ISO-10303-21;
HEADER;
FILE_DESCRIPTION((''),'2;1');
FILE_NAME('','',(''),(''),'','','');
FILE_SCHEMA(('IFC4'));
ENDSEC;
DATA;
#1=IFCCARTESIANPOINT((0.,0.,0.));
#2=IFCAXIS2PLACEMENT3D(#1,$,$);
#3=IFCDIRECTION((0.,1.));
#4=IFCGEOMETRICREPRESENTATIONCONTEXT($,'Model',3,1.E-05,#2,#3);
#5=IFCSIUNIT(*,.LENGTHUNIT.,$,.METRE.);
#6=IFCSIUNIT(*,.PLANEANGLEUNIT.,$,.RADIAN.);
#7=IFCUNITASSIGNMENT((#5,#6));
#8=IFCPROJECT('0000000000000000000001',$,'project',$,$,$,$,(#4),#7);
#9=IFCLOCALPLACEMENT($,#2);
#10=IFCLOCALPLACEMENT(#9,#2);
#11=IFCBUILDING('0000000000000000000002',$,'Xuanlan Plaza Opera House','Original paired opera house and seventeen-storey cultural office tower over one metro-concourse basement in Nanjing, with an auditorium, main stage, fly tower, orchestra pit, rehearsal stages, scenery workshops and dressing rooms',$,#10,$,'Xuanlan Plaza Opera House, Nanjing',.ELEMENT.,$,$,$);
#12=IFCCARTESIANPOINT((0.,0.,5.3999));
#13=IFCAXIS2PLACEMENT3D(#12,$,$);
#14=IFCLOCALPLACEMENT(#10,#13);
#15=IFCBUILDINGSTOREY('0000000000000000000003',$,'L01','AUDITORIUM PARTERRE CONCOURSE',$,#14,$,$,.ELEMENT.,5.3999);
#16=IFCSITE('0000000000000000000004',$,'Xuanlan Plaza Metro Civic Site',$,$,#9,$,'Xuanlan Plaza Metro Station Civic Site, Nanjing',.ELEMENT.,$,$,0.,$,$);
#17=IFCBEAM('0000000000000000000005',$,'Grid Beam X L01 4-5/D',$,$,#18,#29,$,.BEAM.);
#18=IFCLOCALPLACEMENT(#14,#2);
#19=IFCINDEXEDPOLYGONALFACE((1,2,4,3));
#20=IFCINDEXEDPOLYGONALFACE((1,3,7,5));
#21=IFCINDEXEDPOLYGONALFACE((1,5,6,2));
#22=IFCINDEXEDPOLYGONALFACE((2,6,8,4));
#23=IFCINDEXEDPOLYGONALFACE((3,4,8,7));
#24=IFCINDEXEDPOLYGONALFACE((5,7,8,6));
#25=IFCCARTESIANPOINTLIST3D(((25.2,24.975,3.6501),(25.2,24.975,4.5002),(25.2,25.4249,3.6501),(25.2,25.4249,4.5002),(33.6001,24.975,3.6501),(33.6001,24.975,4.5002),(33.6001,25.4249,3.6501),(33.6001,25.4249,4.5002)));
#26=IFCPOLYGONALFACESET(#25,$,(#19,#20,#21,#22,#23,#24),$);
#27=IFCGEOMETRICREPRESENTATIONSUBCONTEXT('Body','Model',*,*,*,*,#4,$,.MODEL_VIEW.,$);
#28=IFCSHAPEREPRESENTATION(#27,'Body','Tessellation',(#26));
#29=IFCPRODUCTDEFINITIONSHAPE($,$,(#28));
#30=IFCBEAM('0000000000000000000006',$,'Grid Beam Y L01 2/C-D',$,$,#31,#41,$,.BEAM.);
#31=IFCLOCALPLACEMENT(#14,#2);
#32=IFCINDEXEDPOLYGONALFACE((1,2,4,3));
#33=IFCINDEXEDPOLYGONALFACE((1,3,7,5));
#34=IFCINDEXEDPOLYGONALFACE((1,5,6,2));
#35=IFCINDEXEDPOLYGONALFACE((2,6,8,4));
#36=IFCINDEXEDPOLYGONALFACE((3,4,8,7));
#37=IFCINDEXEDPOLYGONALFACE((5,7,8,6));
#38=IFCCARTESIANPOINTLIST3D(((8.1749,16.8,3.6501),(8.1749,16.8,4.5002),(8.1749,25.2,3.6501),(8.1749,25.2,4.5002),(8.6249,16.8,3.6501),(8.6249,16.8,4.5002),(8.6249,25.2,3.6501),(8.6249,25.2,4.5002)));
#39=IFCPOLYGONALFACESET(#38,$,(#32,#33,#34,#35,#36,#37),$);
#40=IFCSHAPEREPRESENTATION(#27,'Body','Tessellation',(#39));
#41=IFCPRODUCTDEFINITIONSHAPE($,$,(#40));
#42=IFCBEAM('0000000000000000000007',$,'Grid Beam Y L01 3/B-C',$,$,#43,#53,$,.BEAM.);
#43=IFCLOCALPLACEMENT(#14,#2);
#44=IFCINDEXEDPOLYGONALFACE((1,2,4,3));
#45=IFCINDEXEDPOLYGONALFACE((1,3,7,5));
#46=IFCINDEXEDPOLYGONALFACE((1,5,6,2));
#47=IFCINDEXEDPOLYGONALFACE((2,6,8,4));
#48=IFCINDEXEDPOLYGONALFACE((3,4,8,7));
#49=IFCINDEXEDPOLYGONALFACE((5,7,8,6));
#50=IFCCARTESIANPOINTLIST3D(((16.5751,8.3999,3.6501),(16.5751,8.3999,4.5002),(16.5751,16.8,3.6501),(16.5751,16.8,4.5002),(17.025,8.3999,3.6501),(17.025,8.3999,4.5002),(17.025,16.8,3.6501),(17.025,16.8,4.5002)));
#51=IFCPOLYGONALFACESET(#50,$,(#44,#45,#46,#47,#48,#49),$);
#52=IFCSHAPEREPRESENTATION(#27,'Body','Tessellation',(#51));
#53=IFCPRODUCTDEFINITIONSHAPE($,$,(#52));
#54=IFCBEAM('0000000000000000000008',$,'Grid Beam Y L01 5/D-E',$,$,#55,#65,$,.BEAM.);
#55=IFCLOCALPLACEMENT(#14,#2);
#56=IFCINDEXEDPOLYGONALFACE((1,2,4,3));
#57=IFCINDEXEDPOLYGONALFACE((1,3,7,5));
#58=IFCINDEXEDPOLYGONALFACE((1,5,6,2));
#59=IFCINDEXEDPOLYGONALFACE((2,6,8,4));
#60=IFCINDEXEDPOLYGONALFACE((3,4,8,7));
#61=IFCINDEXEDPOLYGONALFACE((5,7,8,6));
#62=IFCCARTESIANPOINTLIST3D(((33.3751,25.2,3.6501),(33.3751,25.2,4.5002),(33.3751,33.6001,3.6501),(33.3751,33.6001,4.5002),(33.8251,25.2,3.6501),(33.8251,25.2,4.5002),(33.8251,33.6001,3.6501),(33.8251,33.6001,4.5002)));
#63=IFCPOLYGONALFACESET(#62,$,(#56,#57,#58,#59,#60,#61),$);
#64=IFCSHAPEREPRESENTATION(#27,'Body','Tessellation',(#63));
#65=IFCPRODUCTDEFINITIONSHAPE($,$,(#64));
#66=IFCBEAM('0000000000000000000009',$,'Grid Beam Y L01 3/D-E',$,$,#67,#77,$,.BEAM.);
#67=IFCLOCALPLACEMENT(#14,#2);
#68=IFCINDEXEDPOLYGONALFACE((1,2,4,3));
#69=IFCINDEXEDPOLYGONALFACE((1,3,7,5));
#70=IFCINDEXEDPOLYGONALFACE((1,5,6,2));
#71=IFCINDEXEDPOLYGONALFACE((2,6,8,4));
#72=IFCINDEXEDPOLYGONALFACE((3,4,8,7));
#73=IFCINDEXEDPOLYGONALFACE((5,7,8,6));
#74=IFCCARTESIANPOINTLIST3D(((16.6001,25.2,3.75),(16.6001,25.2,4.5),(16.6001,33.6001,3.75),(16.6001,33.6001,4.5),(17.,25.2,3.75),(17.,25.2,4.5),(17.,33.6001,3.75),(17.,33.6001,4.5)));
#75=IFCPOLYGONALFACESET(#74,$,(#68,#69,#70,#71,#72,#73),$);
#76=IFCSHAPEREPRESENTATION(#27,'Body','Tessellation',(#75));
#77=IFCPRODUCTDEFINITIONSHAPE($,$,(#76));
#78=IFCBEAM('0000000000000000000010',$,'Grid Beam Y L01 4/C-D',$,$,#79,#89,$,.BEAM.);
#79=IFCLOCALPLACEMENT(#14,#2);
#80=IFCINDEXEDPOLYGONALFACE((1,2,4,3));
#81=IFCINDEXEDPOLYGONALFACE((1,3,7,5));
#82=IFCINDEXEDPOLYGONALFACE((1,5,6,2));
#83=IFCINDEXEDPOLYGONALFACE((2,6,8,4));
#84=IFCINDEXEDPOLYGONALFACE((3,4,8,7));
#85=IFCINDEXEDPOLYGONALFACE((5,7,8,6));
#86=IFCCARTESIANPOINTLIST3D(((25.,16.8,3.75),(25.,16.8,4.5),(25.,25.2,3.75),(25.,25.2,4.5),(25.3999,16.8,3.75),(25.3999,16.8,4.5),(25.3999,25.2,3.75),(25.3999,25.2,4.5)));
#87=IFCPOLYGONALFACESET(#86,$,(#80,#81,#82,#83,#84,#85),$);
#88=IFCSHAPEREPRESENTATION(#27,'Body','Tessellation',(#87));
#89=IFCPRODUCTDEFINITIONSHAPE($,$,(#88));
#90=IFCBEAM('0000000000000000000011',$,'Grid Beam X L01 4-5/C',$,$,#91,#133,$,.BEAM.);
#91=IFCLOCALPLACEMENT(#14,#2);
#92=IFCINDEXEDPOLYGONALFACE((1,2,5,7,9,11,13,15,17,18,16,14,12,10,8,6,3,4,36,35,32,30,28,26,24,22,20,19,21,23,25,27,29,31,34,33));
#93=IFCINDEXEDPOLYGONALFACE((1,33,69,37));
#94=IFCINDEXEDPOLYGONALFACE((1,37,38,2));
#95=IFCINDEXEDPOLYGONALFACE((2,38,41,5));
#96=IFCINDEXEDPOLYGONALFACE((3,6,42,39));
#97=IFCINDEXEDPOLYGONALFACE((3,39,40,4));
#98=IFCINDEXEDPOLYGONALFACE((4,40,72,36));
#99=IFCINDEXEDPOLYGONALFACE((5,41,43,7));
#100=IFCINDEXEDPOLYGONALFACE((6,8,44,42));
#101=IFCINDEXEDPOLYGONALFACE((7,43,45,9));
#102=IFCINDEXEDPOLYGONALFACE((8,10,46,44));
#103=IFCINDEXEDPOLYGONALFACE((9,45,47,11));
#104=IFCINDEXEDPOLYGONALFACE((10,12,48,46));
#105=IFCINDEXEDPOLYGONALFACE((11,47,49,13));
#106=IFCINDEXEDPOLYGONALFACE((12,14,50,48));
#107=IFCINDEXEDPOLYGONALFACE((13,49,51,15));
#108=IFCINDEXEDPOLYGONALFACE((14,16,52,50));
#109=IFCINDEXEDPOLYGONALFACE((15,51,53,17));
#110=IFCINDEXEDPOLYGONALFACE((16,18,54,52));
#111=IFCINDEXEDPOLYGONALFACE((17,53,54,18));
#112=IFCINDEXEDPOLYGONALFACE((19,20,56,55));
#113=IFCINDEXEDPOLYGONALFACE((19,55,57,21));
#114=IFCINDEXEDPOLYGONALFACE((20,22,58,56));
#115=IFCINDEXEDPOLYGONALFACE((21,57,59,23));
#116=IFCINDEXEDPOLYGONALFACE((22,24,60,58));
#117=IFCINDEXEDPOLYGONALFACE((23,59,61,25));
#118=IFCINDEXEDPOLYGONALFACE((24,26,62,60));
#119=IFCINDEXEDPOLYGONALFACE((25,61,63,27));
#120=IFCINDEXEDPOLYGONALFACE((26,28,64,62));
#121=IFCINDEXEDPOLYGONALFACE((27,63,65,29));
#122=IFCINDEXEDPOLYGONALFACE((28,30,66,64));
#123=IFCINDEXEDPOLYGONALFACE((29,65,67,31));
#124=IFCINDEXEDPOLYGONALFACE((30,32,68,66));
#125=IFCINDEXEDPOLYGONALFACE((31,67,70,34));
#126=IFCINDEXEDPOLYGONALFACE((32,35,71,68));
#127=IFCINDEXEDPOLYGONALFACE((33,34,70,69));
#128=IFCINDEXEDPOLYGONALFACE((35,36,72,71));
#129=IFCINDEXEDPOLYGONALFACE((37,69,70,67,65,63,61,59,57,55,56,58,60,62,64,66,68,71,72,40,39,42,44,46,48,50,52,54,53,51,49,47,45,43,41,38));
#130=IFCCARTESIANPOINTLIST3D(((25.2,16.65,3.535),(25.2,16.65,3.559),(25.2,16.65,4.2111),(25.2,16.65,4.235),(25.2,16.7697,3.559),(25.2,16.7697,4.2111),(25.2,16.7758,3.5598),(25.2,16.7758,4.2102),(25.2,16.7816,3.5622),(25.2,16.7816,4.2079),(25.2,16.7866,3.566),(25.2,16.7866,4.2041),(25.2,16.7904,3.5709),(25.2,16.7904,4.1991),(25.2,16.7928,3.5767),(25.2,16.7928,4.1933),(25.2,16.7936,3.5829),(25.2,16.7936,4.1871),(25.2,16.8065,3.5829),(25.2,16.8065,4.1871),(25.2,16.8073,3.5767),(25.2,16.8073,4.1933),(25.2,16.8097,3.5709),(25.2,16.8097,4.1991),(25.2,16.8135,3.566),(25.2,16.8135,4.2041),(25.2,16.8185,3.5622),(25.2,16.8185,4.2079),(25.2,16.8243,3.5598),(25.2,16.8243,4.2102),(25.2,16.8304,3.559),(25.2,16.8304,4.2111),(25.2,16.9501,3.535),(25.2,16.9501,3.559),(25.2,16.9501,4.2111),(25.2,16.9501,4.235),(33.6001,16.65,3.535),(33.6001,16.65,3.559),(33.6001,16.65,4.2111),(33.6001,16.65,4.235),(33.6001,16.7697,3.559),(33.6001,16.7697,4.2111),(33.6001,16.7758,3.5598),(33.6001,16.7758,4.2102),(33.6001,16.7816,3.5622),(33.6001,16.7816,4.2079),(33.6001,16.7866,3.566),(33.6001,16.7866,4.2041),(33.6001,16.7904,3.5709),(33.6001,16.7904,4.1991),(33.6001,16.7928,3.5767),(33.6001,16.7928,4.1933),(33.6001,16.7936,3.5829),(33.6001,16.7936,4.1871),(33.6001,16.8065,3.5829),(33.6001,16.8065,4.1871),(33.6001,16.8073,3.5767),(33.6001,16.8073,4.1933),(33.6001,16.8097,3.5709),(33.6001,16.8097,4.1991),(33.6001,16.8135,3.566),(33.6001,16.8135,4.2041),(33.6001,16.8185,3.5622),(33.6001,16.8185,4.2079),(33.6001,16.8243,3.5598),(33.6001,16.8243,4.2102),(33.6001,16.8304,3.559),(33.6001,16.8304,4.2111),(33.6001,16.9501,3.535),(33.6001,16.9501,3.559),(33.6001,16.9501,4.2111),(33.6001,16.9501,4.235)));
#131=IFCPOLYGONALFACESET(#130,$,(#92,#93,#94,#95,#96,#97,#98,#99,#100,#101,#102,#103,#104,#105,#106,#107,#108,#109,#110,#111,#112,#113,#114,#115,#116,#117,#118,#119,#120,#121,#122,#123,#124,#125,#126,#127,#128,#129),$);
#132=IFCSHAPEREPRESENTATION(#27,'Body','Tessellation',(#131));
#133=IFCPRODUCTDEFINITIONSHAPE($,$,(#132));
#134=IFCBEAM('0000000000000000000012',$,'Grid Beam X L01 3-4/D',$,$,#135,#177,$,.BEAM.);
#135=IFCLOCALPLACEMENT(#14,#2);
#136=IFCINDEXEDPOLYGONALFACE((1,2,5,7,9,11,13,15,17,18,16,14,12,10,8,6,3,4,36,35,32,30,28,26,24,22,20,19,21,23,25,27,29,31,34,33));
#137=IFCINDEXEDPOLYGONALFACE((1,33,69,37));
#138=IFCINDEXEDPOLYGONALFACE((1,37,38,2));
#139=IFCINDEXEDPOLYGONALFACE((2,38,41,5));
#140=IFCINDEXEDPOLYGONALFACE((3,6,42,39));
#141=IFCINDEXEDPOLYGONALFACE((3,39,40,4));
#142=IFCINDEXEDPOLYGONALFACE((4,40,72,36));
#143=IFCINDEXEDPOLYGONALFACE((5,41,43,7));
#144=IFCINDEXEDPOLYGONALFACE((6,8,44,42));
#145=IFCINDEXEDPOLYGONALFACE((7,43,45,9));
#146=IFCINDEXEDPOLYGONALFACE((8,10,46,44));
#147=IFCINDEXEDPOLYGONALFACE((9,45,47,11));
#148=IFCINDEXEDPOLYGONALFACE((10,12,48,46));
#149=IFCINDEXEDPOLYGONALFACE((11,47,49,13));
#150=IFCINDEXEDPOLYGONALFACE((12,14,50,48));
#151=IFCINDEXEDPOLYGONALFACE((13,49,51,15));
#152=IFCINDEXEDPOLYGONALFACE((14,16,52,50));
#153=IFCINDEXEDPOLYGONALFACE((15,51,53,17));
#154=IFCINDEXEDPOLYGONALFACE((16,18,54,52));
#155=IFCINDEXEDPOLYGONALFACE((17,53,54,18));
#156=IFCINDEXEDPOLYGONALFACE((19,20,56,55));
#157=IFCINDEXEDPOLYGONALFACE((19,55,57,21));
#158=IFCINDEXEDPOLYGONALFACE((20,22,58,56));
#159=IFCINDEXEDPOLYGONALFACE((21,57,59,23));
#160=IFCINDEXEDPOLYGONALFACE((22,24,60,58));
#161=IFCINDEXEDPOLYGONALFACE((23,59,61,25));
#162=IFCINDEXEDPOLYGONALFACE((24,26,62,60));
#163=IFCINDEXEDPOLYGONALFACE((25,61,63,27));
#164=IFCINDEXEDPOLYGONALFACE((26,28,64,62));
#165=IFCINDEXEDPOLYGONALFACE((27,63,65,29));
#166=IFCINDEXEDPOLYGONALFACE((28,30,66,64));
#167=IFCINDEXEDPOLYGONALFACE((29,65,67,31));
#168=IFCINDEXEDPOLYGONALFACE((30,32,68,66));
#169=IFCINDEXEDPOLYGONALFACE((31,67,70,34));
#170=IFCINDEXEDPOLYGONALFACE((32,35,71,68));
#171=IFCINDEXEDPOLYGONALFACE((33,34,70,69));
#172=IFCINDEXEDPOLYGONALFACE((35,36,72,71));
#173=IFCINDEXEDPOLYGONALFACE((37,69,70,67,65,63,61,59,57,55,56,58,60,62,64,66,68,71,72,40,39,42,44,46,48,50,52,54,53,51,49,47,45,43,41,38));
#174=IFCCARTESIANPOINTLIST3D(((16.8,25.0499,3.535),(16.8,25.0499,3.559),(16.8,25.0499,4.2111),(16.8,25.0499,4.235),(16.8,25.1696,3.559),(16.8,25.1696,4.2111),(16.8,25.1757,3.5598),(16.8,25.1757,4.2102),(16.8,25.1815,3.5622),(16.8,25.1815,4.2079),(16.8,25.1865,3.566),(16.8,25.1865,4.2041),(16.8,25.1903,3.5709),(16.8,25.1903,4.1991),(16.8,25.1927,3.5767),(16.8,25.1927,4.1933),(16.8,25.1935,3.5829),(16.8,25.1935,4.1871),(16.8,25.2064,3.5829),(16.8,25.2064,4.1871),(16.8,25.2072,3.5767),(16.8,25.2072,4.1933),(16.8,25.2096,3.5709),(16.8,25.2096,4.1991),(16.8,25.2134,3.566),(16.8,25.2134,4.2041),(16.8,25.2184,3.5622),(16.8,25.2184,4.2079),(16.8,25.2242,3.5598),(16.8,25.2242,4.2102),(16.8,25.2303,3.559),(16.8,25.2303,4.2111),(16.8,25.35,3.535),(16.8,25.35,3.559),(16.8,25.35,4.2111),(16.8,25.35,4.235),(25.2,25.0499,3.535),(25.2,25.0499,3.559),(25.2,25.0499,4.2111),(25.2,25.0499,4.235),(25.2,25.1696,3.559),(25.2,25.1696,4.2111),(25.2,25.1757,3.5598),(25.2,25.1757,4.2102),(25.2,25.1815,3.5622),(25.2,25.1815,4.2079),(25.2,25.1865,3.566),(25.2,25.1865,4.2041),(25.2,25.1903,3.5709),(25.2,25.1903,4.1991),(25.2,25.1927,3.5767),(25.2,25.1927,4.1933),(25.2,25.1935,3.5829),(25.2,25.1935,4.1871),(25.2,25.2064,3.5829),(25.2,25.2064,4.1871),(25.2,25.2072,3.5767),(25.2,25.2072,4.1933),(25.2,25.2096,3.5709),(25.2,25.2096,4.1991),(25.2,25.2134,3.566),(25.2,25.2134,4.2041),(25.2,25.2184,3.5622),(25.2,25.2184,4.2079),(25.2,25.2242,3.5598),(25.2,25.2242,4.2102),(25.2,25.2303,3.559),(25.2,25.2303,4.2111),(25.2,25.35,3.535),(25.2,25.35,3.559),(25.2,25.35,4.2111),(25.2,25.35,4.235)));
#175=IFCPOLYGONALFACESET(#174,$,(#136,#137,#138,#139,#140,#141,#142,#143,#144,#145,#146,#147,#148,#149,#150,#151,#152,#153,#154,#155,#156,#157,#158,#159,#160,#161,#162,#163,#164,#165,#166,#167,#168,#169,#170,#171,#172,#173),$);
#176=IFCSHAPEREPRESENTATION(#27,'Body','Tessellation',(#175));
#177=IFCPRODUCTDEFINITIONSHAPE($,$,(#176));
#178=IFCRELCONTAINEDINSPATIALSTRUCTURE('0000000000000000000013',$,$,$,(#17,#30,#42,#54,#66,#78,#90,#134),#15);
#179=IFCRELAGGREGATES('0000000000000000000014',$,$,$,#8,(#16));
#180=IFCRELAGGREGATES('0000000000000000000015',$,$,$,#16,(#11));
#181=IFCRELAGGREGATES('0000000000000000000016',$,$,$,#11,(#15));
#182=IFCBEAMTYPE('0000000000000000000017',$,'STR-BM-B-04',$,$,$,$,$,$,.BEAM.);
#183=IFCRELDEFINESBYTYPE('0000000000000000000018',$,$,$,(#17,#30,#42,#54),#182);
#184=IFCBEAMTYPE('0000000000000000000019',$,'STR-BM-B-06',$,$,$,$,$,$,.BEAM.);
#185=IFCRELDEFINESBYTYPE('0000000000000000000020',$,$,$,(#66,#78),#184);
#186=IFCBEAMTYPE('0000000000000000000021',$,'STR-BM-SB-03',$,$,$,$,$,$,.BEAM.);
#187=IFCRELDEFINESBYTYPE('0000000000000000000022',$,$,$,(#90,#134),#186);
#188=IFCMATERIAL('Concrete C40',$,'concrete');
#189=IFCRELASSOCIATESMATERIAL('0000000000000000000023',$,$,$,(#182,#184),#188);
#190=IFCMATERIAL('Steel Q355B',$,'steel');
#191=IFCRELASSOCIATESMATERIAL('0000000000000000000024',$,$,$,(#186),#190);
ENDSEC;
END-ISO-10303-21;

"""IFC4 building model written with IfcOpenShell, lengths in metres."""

from ifc_helpers import new_model, si_unit, direction, frame, origin, origin_2d, place, context, subcontext, project, spatial, rectangle, i_section, extrude, material, material_profile, profile_set, type_object, element, save


model = new_model("IFC4")

# Units and contexts
model_context = context("Model", 3, precision=1e-05, world=origin(), true_north=direction((0.0, 1.0)))
body_context = subcontext(model_context, "Body", "Model", "MODEL_VIEW")
ifc_project = project(units=[si_unit("LENGTHUNIT", "METRE"), si_unit("PLANEANGLEUNIT", "RADIAN")], contexts=[model_context])

# Site, building, storey
site_placement = place(None, origin())
site = spatial("IfcSite", under=ifc_project, at=site_placement, Name="Xuanlan Plaza Metro Civic Site", LongName="Xuanlan Plaza Metro Station Civic Site, Nanjing", CompositionType="ELEMENT", RefElevation=0.0)
building_placement = place(site_placement, origin())
building = spatial("IfcBuilding", under=site, at=building_placement, Name="Xuanlan Plaza Opera House", Description="Original paired opera house and seventeen-storey cultural office tower over one metro-concourse basement in Nanjing, with an auditorium, main stage, fly tower, orchestra pit, rehearsal stages, scenery workshops and dressing rooms", LongName="Xuanlan Plaza Opera House, Nanjing", CompositionType="ELEMENT")
storey_placement = place(building_placement, frame((0.0, 0.0, 5.3999)))
storey = spatial("IfcBuildingStorey", under=building, at=storey_placement, Name="L01", Description="AUDITORIUM PARTERRE CONCOURSE", CompositionType="ELEMENT", Elevation=5.3999)

# Shared definitions
ifc_material_1 = material(Name="Concrete C40", Category="concrete")

# Beams
ifc_material_profile_1 = material_profile(ifc_material_1, rectangle(XDim=0.45, YDim=0.8501, at=origin_2d()), Name="RC-BM 450x850")
ifc_profile_set_1 = profile_set([ifc_material_profile_1], Name="Concrete C40")
beam_type_1 = type_object("IfcBeamType", Name="STR-BM-B-04", PredefinedType="BEAM", material=ifc_profile_set_1)
beam_1_placement = place(storey_placement, frame((25.2, 25.2, 4.0752), z_axis=(1.0, 0.0, 0.0), x_axis=(0.0, 1.0, 0.0)))
element("IfcBeam", 1, at=beam_1_placement, inside=storey, type_object=beam_type_1, Name="Grid Beam X L01 4-5/D", PredefinedType="BEAM", context=body_context, shape_type="SweptSolid", body=[
    extrude(rectangle(XDim=0.45, YDim=0.8501, at=origin_2d()), origin(), (0.0, 0.0, 1.0), 8.4001),
])
beam_2_placement = place(storey_placement, frame((8.3999, 16.8, 4.0752), z_axis=(0.0, 1.0, 0.0), x_axis=(-1.0, 0.0, 0.0)))
element("IfcBeam", 2, at=beam_2_placement, inside=storey, type_object=beam_type_1, Name="Grid Beam Y L01 2/C-D", PredefinedType="BEAM", context=body_context, shape_type="SweptSolid", body=[
    extrude(rectangle(XDim=0.45, YDim=0.8501, at=origin_2d()), origin(), (0.0, 0.0, 1.0), 8.3999),
])
for number, where, z_axis, x_axis, name in (
    (3, (16.8, 8.3999, 4.0752), (0.0, 1.0, 0.0), (-1.0, 0.0, 0.0), "Grid Beam Y L01 3/B-C"),
    (4, (33.6001, 25.2, 4.0752), (0.0, 1.0, 0.0), (-1.0, 0.0, 0.0), "Grid Beam Y L01 5/D-E"),
):
    element("IfcBeam", number, at=place(storey_placement, frame(where, z_axis=z_axis, x_axis=x_axis)), inside=storey, type_object=beam_type_1, Name=name, PredefinedType="BEAM", context=body_context, shape_type="SweptSolid", body=[
        extrude(rectangle(XDim=0.45, YDim=0.8501, at=origin_2d()), origin(), (0.0, 0.0, 1.0), 8.4001),
    ])
ifc_material_profile_2 = material_profile(ifc_material_1, rectangle(XDim=0.3999, YDim=0.75, at=origin_2d()), Name="RC-BM 400x750")
ifc_profile_set_2 = profile_set([ifc_material_profile_2], Name="Concrete C40")
beam_type_2 = type_object("IfcBeamType", Name="STR-BM-B-06", PredefinedType="BEAM", material=ifc_profile_set_2)
beam_3_placement = place(storey_placement, frame((16.8, 25.2, 4.125), z_axis=(0.0, 1.0, 0.0), x_axis=(-1.0, 0.0, 0.0)))
element("IfcBeam", 5, at=beam_3_placement, inside=storey, type_object=beam_type_2, Name="Grid Beam Y L01 3/D-E", PredefinedType="BEAM", context=body_context, shape_type="SweptSolid", body=[
    extrude(rectangle(XDim=0.3999, YDim=0.75, at=origin_2d()), origin(), (0.0, 0.0, 1.0), 8.4001),
])
beam_4_placement = place(storey_placement, frame((25.2, 16.8, 4.125), z_axis=(0.0, 1.0, 0.0), x_axis=(-1.0, 0.0, 0.0)))
element("IfcBeam", 6, at=beam_4_placement, inside=storey, type_object=beam_type_2, Name="Grid Beam Y L01 4/C-D", PredefinedType="BEAM", context=body_context, shape_type="SweptSolid", body=[
    extrude(rectangle(XDim=0.3999, YDim=0.75, at=origin_2d()), origin(), (0.0, 0.0, 1.0), 8.3999),
])
ifc_material_2 = material(Name="Steel Q355B", Category="steel")
ifc_material_profile_3 = material_profile(ifc_material_2, i_section(OverallWidth=0.3, OverallDepth=0.7, WebThickness=0.0129, FlangeThickness=0.0239, FilletRadius=0.0239, at=origin_2d()), Name="HN 700x300x13x24")
ifc_profile_set_3 = profile_set([ifc_material_profile_3], Name="Steel Q355B")
beam_type_3 = type_object("IfcBeamType", Name="STR-BM-SB-03", PredefinedType="BEAM", material=ifc_profile_set_3)
beam_5_placement = place(storey_placement, frame((25.2, 16.8, 3.885), z_axis=(1.0, 0.0, 0.0), x_axis=(0.0, 1.0, 0.0)))
element("IfcBeam", 7, at=beam_5_placement, inside=storey, type_object=beam_type_3, Name="Grid Beam X L01 4-5/C", PredefinedType="BEAM", context=body_context, shape_type="SweptSolid", body=[
    extrude(i_section(OverallWidth=0.3, OverallDepth=0.7, WebThickness=0.0129, FlangeThickness=0.0239, FilletRadius=0.0239, at=origin_2d()), origin(), (0.0, 0.0, 1.0), 8.4001),
])
beam_6_placement = place(storey_placement, frame((16.8, 25.2, 3.885), z_axis=(1.0, 0.0, 0.0), x_axis=(0.0, 1.0, 0.0)))
element("IfcBeam", 8, at=beam_6_placement, inside=storey, type_object=beam_type_3, Name="Grid Beam X L01 3-4/D", PredefinedType="BEAM", context=body_context, shape_type="SweptSolid", body=[
    extrude(i_section(OverallWidth=0.3, OverallDepth=0.7, WebThickness=0.0129, FlangeThickness=0.0239, FilletRadius=0.0239, at=origin_2d()), origin(), (0.0, 0.0, 1.0), 8.3999),
])

save(model, "model.ifc")
